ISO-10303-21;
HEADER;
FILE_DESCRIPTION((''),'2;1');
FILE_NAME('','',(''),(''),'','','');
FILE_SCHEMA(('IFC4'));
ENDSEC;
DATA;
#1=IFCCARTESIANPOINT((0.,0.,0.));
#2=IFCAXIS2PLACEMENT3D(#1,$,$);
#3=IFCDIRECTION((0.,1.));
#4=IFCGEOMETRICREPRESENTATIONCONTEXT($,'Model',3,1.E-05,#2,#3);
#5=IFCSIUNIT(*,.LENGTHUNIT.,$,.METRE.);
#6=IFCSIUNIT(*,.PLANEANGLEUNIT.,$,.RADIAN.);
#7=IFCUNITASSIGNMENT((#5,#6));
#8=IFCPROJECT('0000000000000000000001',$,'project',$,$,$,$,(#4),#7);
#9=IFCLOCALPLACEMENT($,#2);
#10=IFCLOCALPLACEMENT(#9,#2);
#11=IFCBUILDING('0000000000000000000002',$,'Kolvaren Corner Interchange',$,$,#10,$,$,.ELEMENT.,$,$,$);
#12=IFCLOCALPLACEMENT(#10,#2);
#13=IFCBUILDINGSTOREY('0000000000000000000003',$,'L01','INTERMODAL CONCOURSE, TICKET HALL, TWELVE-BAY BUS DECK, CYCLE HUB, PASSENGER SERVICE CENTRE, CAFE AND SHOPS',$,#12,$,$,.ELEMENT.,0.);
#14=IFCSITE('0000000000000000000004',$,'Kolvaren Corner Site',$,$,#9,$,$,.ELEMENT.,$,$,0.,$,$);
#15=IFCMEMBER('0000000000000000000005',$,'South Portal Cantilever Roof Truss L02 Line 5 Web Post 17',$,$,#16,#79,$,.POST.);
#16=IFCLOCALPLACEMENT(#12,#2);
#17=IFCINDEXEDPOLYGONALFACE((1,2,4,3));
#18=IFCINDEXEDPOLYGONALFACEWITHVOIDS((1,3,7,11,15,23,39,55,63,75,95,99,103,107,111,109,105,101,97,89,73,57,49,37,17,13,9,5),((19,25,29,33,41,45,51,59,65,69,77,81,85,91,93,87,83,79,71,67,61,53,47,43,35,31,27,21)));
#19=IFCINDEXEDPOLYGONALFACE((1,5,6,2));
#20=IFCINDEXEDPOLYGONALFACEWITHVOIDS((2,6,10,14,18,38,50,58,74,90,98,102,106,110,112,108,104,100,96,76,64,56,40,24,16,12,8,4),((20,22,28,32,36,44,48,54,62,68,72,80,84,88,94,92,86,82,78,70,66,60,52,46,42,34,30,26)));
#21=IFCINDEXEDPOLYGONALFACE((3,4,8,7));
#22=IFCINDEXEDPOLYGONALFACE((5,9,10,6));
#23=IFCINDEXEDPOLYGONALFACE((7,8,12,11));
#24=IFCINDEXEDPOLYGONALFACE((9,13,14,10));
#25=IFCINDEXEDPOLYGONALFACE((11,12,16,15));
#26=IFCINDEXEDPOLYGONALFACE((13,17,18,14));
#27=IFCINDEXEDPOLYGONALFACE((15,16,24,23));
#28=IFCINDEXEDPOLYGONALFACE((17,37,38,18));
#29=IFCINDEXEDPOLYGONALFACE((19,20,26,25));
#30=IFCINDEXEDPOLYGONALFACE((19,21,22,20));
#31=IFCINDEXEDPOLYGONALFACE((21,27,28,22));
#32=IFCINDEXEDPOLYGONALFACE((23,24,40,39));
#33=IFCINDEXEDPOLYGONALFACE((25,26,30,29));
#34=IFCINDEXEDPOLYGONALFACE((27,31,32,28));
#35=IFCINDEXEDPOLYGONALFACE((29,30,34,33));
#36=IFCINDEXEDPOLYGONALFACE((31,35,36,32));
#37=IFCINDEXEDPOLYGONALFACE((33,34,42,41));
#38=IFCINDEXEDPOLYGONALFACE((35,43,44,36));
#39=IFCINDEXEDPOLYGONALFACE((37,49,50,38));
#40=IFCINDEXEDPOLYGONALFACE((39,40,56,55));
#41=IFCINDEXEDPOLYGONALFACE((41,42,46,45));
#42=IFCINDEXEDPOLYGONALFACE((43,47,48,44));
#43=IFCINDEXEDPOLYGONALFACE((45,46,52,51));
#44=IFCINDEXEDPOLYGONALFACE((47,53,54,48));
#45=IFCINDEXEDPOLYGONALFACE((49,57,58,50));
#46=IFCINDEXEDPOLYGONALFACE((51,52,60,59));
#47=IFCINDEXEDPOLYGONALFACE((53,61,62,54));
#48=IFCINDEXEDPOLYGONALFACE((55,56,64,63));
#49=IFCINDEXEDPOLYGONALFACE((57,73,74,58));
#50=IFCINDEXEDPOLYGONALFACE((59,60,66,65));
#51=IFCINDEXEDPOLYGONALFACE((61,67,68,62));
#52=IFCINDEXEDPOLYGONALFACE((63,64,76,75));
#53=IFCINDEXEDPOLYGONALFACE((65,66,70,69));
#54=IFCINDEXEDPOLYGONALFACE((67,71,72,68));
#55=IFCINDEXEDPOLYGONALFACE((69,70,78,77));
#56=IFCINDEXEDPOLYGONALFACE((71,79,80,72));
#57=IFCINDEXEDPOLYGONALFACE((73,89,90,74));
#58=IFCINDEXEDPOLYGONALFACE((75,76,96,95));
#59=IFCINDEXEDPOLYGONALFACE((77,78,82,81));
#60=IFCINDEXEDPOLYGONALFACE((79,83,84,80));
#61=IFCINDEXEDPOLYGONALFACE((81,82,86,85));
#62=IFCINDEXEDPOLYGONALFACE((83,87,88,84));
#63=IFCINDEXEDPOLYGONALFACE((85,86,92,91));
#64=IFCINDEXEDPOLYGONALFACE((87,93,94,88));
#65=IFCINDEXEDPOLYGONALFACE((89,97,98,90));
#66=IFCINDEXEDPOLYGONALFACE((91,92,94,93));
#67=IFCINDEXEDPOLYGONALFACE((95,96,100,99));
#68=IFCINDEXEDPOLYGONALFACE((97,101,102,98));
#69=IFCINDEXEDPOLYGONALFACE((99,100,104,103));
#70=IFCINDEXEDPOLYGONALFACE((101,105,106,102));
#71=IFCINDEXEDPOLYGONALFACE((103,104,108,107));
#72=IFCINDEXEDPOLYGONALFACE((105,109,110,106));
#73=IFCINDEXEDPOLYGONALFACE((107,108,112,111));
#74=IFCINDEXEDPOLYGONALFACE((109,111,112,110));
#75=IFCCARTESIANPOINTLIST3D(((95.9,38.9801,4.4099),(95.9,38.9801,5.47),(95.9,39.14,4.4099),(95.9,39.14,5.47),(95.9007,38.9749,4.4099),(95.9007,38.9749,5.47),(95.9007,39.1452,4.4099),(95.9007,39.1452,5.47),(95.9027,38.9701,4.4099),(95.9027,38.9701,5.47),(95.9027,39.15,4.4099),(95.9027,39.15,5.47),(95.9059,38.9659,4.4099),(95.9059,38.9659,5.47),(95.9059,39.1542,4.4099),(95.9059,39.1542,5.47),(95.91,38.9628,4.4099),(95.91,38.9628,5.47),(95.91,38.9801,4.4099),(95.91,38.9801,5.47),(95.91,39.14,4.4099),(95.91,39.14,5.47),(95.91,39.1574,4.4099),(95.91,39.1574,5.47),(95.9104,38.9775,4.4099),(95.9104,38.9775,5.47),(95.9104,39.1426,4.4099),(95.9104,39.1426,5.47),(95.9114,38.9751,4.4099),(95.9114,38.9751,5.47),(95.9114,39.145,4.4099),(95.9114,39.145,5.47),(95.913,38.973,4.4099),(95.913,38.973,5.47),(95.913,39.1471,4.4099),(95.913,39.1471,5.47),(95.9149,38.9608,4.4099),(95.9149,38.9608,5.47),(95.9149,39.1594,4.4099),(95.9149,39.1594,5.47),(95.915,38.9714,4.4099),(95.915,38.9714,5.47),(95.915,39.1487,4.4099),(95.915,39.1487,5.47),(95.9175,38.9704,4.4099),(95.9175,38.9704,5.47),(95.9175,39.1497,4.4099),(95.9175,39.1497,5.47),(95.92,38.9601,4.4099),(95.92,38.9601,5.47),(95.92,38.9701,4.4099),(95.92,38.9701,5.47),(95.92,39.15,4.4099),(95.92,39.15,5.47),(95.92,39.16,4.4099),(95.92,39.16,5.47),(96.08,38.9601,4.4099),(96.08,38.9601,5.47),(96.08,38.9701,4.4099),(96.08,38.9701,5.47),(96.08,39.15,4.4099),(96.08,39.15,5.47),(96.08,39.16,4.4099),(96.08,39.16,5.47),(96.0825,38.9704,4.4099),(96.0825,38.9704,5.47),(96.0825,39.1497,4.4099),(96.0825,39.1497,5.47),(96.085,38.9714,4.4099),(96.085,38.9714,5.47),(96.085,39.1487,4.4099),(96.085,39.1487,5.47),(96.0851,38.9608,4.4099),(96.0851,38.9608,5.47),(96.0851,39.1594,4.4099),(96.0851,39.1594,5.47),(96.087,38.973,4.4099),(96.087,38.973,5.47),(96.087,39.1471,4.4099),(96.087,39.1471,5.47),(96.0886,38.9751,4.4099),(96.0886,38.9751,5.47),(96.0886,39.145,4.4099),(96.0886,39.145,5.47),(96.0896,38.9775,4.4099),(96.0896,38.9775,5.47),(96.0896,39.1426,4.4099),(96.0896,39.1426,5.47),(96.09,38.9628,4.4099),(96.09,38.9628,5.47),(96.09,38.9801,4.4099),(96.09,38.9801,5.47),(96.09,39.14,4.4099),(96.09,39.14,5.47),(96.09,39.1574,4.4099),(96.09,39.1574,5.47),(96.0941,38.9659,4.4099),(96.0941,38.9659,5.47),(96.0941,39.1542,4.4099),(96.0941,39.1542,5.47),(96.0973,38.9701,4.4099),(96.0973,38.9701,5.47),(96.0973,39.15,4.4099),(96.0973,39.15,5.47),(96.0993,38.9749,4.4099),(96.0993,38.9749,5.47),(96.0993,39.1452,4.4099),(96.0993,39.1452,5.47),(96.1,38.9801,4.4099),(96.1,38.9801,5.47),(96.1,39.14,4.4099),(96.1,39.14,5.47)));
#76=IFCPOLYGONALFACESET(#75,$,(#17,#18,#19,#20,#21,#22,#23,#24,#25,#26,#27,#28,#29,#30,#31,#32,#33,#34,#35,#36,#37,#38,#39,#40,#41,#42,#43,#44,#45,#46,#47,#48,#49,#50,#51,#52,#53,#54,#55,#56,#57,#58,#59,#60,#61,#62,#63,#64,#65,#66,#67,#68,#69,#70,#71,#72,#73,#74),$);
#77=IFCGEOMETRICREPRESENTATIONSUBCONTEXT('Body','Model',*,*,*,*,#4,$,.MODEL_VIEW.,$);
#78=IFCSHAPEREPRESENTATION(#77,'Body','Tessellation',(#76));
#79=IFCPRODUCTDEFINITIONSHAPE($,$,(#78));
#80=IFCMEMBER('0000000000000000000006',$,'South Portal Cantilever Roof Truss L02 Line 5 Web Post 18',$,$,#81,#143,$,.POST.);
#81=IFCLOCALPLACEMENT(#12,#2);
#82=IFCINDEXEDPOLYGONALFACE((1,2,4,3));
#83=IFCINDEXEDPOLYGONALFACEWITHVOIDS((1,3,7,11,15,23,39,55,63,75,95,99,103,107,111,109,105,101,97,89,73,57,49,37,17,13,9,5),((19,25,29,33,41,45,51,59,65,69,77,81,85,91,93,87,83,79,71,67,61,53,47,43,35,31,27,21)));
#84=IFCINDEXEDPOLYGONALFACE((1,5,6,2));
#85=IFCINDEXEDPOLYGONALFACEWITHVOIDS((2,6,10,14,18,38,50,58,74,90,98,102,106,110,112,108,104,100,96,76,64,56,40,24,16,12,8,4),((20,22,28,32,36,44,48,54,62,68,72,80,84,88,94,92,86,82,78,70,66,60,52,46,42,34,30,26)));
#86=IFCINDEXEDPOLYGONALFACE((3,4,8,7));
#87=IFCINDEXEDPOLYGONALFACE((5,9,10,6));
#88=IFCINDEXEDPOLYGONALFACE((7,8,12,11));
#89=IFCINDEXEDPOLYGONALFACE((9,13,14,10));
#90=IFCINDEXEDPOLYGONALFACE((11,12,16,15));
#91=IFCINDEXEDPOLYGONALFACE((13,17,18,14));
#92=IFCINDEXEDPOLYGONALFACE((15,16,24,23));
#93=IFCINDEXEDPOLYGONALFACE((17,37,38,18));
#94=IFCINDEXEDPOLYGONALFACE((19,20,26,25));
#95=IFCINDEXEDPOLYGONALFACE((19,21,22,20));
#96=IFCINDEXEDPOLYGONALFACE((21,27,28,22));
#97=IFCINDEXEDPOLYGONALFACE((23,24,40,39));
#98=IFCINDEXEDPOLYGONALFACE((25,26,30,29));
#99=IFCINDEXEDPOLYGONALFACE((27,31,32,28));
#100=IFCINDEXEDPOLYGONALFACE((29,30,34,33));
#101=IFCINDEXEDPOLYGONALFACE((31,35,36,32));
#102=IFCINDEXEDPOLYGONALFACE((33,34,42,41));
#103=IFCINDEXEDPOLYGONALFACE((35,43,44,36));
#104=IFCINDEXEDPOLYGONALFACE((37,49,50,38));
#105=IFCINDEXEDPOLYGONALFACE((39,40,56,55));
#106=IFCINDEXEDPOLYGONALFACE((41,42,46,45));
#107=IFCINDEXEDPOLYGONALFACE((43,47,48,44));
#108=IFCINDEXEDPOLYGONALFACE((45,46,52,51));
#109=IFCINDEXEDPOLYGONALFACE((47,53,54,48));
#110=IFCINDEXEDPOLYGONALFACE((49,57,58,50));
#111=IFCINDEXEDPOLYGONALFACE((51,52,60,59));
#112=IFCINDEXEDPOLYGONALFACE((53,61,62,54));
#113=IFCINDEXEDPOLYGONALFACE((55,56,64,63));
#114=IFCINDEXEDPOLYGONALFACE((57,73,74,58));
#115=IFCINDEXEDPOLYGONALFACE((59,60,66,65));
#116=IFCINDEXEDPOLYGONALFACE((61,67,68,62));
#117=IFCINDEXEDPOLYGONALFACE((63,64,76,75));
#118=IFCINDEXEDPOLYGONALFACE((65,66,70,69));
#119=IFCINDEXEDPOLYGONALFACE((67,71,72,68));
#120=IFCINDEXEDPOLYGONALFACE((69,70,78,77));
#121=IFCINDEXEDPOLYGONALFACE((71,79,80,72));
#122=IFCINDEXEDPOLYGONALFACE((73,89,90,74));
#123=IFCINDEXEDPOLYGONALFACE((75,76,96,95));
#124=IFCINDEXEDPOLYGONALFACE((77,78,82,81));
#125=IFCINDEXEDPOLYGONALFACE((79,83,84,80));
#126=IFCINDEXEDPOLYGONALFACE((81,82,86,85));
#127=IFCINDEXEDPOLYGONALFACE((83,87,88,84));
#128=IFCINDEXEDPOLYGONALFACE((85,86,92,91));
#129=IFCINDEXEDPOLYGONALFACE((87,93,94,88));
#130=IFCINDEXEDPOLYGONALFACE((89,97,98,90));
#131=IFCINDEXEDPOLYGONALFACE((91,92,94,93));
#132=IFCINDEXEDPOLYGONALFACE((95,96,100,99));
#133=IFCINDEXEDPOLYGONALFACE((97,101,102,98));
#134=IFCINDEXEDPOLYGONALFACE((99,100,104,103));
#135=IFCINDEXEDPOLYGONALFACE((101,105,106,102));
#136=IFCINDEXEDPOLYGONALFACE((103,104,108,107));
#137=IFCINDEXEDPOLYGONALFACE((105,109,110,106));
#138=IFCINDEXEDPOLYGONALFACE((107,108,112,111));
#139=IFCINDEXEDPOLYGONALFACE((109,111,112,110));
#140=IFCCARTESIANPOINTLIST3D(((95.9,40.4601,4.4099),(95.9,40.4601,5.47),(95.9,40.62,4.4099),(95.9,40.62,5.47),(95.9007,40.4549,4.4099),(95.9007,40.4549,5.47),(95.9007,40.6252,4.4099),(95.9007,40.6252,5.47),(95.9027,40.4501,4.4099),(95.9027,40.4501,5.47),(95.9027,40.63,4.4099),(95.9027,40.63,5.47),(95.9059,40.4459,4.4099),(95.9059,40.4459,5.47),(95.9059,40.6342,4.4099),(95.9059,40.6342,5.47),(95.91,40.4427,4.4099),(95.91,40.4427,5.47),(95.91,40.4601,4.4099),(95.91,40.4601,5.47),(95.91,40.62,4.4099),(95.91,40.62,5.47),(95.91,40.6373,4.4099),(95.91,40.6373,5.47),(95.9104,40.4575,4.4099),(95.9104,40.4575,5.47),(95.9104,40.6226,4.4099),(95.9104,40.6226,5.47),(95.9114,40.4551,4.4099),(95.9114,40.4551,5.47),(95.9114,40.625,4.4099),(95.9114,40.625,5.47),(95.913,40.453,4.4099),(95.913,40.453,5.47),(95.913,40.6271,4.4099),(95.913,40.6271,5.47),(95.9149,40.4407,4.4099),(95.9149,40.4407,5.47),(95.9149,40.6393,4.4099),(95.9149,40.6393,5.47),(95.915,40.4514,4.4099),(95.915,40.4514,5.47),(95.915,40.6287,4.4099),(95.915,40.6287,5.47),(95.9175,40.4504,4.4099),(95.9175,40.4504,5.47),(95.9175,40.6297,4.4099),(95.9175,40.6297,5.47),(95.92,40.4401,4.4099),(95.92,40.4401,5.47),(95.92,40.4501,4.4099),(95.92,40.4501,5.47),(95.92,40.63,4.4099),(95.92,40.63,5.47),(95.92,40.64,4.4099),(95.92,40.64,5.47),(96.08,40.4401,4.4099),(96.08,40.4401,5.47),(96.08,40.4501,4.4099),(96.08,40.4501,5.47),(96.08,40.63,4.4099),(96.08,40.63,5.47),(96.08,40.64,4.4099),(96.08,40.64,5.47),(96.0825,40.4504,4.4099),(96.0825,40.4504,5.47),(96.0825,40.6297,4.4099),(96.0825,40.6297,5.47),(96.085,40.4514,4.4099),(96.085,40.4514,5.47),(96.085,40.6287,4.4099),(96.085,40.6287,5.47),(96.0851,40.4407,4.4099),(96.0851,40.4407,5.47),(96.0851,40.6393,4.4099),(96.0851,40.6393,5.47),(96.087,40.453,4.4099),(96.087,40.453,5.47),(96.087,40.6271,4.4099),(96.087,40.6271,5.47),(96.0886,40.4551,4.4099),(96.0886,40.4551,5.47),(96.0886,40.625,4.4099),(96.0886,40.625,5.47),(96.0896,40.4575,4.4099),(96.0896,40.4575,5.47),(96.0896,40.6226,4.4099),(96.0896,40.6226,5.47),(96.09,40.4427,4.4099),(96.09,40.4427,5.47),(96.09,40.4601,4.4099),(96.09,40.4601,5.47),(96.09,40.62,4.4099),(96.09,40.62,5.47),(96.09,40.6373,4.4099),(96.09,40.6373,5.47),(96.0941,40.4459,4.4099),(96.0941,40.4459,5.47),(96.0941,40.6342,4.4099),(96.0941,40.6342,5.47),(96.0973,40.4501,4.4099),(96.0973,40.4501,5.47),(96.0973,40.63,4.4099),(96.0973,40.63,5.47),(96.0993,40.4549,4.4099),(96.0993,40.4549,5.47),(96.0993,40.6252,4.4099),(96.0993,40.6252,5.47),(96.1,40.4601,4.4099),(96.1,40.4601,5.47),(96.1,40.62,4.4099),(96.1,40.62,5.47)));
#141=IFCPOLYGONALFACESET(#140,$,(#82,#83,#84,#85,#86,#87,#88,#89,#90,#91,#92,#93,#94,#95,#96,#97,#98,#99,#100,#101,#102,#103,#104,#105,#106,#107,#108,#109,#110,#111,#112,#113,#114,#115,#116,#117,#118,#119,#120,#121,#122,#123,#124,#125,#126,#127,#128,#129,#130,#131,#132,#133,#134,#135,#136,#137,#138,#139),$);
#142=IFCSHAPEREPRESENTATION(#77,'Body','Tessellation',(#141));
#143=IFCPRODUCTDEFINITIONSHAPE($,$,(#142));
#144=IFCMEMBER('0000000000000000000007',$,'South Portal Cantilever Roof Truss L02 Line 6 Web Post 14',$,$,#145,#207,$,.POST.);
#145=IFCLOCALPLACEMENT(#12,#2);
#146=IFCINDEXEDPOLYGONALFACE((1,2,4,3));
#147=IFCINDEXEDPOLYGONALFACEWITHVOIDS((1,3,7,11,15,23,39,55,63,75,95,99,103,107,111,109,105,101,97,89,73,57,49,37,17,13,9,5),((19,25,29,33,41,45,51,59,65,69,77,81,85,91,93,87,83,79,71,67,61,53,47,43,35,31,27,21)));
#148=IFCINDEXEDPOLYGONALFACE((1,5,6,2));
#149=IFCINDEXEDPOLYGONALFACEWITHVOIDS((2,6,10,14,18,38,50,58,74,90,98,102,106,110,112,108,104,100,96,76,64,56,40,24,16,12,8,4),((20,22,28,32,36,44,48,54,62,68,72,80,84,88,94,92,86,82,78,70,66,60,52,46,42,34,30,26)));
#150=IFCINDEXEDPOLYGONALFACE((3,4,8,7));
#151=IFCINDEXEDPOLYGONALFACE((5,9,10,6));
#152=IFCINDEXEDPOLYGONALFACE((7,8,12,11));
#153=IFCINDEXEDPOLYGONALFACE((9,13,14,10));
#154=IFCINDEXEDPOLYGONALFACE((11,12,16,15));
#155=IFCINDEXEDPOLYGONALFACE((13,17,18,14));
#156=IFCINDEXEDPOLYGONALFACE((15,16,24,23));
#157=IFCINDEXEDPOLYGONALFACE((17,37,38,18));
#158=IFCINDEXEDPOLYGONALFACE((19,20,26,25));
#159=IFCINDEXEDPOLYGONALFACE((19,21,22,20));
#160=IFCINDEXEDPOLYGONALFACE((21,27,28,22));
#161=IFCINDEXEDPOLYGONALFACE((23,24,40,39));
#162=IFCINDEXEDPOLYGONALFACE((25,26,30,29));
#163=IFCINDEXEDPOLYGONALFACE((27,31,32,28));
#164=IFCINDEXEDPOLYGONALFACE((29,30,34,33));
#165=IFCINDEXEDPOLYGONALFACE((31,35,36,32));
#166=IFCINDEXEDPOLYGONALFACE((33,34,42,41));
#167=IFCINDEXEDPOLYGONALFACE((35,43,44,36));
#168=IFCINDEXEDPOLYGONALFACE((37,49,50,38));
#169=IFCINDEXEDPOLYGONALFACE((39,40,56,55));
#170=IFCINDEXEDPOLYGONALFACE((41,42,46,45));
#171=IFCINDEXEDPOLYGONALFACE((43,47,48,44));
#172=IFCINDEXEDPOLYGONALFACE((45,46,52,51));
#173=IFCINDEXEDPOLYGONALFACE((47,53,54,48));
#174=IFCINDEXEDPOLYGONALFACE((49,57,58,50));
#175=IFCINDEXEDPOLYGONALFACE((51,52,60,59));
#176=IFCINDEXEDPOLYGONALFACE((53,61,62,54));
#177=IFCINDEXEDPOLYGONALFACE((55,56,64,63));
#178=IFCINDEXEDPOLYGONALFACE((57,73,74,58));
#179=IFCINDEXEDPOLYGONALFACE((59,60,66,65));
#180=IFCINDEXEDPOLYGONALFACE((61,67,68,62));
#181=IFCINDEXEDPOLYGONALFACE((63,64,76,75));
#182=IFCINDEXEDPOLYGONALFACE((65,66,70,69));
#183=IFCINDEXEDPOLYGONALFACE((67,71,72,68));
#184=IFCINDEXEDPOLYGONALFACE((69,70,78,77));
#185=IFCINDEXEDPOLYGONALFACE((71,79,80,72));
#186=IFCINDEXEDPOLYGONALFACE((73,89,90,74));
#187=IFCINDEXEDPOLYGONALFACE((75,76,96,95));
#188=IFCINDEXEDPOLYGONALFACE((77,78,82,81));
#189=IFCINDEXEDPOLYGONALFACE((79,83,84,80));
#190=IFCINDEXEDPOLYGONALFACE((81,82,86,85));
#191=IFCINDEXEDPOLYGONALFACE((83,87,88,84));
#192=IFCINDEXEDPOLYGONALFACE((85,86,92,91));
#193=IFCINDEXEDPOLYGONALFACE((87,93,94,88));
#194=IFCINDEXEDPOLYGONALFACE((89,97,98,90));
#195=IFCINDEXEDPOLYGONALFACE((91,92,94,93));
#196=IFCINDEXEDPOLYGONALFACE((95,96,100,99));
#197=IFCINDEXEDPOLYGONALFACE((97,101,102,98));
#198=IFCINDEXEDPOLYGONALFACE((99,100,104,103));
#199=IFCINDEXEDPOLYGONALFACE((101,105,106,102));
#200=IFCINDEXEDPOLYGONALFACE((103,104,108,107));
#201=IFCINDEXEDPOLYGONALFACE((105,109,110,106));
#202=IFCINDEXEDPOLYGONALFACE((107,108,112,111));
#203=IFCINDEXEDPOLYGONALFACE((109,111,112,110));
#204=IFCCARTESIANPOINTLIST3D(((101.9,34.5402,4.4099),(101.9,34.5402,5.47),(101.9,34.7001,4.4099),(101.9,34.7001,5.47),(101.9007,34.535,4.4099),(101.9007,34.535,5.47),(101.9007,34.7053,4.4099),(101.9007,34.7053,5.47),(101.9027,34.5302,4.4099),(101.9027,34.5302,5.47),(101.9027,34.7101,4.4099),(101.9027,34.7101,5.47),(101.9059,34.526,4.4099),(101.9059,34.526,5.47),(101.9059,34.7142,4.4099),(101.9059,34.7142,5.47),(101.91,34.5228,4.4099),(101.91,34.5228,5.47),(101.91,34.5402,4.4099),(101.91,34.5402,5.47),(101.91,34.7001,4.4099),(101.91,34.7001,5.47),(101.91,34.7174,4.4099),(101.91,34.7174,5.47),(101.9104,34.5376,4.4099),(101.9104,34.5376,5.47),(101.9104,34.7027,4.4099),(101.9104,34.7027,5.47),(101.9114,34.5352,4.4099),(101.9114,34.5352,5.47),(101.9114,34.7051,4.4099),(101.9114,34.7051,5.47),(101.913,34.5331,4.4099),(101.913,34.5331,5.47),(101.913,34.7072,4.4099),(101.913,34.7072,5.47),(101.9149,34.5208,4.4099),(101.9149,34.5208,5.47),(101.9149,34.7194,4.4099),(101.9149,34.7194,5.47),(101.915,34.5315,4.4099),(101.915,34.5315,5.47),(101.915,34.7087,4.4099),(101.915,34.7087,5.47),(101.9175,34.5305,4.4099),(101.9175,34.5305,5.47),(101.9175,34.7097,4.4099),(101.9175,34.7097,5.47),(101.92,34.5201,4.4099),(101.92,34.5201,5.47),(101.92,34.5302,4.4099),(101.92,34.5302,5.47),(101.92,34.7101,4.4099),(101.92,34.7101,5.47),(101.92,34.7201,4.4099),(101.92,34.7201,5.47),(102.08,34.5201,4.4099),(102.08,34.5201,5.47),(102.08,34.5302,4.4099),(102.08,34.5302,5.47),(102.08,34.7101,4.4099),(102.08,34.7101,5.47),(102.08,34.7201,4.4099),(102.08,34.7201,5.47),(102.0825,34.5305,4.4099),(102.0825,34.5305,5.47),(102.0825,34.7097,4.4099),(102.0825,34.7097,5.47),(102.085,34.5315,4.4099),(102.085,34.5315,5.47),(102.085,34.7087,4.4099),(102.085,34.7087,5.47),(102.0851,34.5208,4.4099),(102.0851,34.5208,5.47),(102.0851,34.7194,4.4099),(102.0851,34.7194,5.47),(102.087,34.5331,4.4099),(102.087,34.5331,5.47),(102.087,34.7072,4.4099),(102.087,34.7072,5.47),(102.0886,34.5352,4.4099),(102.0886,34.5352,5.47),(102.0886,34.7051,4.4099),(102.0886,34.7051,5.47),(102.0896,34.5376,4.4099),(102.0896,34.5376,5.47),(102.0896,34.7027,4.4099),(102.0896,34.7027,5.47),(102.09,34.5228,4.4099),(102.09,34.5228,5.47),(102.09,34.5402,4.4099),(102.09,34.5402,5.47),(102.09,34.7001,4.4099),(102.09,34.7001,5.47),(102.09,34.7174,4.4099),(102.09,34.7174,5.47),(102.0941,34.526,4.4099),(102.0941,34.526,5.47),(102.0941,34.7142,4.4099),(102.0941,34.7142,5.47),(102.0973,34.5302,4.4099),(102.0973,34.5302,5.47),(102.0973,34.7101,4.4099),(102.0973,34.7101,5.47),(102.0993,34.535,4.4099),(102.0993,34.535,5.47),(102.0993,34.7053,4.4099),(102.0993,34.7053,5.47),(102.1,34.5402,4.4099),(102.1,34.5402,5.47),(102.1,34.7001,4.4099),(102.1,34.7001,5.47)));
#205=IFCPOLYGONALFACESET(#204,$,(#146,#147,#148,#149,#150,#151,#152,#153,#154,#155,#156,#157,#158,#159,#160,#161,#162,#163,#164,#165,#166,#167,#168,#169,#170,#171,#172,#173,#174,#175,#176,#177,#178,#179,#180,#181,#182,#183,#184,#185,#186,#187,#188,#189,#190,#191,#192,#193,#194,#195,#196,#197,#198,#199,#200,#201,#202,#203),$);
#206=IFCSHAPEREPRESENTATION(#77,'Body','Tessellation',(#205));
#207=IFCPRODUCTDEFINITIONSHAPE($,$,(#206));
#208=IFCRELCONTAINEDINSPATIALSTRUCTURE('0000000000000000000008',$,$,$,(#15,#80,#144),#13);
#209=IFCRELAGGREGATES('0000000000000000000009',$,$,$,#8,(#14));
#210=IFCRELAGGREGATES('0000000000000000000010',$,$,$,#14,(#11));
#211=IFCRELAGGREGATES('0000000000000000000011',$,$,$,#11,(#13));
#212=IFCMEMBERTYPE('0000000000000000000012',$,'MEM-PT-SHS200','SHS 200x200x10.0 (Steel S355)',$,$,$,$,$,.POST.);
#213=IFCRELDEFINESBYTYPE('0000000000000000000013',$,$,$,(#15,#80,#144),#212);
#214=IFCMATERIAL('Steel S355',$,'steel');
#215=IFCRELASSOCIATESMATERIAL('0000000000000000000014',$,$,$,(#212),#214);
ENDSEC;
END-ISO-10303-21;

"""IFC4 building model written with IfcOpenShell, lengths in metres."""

from ifc_helpers import new_model, si_unit, direction, frame, origin, origin_2d, place, context, subcontext, project, spatial, hollow_rectangle, extrude, material, material_profile, profile_set, type_object, element, save


model = new_model("IFC4")

# Units and contexts
model_context = context("Model", 3, precision=1e-05, world=origin(), true_north=direction((0.0, 1.0)))
body_context = subcontext(model_context, "Body", "Model", "MODEL_VIEW")
ifc_project = project(units=[si_unit("LENGTHUNIT", "METRE"), si_unit("PLANEANGLEUNIT", "RADIAN")], contexts=[model_context])

# Site, building, storey
site_placement = place(None, origin())
site = spatial("IfcSite", under=ifc_project, at=site_placement, Name="Kolvaren Corner Site", CompositionType="ELEMENT", RefElevation=0.0)
building_placement = place(site_placement, origin())
building = spatial("IfcBuilding", under=site, at=building_placement, Name="Kolvaren Corner Interchange", CompositionType="ELEMENT")
storey_placement = place(building_placement, origin())
storey = spatial("IfcBuildingStorey", under=building, at=storey_placement, Name="L01", Description="INTERMODAL CONCOURSE, TICKET HALL, TWELVE-BAY BUS DECK, CYCLE HUB, PASSENGER SERVICE CENTRE, CAFE AND SHOPS", CompositionType="ELEMENT", Elevation=0.0)

# Members
ifc_material_1 = material(Name="Steel S355", Category="steel")
ifc_material_profile_1 = material_profile(ifc_material_1, hollow_rectangle(XDim=0.2, YDim=0.2, WallThickness=0.01, InnerFilletRadius=0.01, OuterFilletRadius=0.02, at=origin_2d()), Name="SHS 200x200x10.0")
ifc_profile_set_1 = profile_set([ifc_material_profile_1], Name="Steel S355")
member_type_1 = type_object("IfcMemberType", Name="MEM-PT-SHS200", Description="SHS 200x200x10.0 (Steel S355)", PredefinedType="POST", material=ifc_profile_set_1)
for number, where, z_axis, x_axis, name in (
    (1, (96.0, 39.0601, 4.4099), (0.0, 0.0, 1.0), (1.0, 0.0, 0.0), "South Portal Cantilever Roof Truss L02 Line 5 Web Post 17"),
    (2, (96.0, 40.54, 4.4099), (0.0, 0.0, 1.0), (1.0, 0.0, 0.0), "South Portal Cantilever Roof Truss L02 Line 5 Web Post 18"),
    (3, (102.0, 34.6201, 4.4099), (0.0, 0.0, 1.0), (1.0, 0.0, 0.0), "South Portal Cantilever Roof Truss L02 Line 6 Web Post 14"),
):
    element("IfcMember", number, at=place(storey_placement, frame(where, z_axis=z_axis, x_axis=x_axis)), inside=storey, type_object=member_type_1, Name=name, PredefinedType="POST", context=body_context, shape_type="SweptSolid", body=[
        extrude(hollow_rectangle(XDim=0.2, YDim=0.2, WallThickness=0.01, InnerFilletRadius=0.01, OuterFilletRadius=0.02, at=origin_2d()), origin(), (0.0, 0.0, 1.0), 1.0601),
    ])

save(model, "model.ifc")
